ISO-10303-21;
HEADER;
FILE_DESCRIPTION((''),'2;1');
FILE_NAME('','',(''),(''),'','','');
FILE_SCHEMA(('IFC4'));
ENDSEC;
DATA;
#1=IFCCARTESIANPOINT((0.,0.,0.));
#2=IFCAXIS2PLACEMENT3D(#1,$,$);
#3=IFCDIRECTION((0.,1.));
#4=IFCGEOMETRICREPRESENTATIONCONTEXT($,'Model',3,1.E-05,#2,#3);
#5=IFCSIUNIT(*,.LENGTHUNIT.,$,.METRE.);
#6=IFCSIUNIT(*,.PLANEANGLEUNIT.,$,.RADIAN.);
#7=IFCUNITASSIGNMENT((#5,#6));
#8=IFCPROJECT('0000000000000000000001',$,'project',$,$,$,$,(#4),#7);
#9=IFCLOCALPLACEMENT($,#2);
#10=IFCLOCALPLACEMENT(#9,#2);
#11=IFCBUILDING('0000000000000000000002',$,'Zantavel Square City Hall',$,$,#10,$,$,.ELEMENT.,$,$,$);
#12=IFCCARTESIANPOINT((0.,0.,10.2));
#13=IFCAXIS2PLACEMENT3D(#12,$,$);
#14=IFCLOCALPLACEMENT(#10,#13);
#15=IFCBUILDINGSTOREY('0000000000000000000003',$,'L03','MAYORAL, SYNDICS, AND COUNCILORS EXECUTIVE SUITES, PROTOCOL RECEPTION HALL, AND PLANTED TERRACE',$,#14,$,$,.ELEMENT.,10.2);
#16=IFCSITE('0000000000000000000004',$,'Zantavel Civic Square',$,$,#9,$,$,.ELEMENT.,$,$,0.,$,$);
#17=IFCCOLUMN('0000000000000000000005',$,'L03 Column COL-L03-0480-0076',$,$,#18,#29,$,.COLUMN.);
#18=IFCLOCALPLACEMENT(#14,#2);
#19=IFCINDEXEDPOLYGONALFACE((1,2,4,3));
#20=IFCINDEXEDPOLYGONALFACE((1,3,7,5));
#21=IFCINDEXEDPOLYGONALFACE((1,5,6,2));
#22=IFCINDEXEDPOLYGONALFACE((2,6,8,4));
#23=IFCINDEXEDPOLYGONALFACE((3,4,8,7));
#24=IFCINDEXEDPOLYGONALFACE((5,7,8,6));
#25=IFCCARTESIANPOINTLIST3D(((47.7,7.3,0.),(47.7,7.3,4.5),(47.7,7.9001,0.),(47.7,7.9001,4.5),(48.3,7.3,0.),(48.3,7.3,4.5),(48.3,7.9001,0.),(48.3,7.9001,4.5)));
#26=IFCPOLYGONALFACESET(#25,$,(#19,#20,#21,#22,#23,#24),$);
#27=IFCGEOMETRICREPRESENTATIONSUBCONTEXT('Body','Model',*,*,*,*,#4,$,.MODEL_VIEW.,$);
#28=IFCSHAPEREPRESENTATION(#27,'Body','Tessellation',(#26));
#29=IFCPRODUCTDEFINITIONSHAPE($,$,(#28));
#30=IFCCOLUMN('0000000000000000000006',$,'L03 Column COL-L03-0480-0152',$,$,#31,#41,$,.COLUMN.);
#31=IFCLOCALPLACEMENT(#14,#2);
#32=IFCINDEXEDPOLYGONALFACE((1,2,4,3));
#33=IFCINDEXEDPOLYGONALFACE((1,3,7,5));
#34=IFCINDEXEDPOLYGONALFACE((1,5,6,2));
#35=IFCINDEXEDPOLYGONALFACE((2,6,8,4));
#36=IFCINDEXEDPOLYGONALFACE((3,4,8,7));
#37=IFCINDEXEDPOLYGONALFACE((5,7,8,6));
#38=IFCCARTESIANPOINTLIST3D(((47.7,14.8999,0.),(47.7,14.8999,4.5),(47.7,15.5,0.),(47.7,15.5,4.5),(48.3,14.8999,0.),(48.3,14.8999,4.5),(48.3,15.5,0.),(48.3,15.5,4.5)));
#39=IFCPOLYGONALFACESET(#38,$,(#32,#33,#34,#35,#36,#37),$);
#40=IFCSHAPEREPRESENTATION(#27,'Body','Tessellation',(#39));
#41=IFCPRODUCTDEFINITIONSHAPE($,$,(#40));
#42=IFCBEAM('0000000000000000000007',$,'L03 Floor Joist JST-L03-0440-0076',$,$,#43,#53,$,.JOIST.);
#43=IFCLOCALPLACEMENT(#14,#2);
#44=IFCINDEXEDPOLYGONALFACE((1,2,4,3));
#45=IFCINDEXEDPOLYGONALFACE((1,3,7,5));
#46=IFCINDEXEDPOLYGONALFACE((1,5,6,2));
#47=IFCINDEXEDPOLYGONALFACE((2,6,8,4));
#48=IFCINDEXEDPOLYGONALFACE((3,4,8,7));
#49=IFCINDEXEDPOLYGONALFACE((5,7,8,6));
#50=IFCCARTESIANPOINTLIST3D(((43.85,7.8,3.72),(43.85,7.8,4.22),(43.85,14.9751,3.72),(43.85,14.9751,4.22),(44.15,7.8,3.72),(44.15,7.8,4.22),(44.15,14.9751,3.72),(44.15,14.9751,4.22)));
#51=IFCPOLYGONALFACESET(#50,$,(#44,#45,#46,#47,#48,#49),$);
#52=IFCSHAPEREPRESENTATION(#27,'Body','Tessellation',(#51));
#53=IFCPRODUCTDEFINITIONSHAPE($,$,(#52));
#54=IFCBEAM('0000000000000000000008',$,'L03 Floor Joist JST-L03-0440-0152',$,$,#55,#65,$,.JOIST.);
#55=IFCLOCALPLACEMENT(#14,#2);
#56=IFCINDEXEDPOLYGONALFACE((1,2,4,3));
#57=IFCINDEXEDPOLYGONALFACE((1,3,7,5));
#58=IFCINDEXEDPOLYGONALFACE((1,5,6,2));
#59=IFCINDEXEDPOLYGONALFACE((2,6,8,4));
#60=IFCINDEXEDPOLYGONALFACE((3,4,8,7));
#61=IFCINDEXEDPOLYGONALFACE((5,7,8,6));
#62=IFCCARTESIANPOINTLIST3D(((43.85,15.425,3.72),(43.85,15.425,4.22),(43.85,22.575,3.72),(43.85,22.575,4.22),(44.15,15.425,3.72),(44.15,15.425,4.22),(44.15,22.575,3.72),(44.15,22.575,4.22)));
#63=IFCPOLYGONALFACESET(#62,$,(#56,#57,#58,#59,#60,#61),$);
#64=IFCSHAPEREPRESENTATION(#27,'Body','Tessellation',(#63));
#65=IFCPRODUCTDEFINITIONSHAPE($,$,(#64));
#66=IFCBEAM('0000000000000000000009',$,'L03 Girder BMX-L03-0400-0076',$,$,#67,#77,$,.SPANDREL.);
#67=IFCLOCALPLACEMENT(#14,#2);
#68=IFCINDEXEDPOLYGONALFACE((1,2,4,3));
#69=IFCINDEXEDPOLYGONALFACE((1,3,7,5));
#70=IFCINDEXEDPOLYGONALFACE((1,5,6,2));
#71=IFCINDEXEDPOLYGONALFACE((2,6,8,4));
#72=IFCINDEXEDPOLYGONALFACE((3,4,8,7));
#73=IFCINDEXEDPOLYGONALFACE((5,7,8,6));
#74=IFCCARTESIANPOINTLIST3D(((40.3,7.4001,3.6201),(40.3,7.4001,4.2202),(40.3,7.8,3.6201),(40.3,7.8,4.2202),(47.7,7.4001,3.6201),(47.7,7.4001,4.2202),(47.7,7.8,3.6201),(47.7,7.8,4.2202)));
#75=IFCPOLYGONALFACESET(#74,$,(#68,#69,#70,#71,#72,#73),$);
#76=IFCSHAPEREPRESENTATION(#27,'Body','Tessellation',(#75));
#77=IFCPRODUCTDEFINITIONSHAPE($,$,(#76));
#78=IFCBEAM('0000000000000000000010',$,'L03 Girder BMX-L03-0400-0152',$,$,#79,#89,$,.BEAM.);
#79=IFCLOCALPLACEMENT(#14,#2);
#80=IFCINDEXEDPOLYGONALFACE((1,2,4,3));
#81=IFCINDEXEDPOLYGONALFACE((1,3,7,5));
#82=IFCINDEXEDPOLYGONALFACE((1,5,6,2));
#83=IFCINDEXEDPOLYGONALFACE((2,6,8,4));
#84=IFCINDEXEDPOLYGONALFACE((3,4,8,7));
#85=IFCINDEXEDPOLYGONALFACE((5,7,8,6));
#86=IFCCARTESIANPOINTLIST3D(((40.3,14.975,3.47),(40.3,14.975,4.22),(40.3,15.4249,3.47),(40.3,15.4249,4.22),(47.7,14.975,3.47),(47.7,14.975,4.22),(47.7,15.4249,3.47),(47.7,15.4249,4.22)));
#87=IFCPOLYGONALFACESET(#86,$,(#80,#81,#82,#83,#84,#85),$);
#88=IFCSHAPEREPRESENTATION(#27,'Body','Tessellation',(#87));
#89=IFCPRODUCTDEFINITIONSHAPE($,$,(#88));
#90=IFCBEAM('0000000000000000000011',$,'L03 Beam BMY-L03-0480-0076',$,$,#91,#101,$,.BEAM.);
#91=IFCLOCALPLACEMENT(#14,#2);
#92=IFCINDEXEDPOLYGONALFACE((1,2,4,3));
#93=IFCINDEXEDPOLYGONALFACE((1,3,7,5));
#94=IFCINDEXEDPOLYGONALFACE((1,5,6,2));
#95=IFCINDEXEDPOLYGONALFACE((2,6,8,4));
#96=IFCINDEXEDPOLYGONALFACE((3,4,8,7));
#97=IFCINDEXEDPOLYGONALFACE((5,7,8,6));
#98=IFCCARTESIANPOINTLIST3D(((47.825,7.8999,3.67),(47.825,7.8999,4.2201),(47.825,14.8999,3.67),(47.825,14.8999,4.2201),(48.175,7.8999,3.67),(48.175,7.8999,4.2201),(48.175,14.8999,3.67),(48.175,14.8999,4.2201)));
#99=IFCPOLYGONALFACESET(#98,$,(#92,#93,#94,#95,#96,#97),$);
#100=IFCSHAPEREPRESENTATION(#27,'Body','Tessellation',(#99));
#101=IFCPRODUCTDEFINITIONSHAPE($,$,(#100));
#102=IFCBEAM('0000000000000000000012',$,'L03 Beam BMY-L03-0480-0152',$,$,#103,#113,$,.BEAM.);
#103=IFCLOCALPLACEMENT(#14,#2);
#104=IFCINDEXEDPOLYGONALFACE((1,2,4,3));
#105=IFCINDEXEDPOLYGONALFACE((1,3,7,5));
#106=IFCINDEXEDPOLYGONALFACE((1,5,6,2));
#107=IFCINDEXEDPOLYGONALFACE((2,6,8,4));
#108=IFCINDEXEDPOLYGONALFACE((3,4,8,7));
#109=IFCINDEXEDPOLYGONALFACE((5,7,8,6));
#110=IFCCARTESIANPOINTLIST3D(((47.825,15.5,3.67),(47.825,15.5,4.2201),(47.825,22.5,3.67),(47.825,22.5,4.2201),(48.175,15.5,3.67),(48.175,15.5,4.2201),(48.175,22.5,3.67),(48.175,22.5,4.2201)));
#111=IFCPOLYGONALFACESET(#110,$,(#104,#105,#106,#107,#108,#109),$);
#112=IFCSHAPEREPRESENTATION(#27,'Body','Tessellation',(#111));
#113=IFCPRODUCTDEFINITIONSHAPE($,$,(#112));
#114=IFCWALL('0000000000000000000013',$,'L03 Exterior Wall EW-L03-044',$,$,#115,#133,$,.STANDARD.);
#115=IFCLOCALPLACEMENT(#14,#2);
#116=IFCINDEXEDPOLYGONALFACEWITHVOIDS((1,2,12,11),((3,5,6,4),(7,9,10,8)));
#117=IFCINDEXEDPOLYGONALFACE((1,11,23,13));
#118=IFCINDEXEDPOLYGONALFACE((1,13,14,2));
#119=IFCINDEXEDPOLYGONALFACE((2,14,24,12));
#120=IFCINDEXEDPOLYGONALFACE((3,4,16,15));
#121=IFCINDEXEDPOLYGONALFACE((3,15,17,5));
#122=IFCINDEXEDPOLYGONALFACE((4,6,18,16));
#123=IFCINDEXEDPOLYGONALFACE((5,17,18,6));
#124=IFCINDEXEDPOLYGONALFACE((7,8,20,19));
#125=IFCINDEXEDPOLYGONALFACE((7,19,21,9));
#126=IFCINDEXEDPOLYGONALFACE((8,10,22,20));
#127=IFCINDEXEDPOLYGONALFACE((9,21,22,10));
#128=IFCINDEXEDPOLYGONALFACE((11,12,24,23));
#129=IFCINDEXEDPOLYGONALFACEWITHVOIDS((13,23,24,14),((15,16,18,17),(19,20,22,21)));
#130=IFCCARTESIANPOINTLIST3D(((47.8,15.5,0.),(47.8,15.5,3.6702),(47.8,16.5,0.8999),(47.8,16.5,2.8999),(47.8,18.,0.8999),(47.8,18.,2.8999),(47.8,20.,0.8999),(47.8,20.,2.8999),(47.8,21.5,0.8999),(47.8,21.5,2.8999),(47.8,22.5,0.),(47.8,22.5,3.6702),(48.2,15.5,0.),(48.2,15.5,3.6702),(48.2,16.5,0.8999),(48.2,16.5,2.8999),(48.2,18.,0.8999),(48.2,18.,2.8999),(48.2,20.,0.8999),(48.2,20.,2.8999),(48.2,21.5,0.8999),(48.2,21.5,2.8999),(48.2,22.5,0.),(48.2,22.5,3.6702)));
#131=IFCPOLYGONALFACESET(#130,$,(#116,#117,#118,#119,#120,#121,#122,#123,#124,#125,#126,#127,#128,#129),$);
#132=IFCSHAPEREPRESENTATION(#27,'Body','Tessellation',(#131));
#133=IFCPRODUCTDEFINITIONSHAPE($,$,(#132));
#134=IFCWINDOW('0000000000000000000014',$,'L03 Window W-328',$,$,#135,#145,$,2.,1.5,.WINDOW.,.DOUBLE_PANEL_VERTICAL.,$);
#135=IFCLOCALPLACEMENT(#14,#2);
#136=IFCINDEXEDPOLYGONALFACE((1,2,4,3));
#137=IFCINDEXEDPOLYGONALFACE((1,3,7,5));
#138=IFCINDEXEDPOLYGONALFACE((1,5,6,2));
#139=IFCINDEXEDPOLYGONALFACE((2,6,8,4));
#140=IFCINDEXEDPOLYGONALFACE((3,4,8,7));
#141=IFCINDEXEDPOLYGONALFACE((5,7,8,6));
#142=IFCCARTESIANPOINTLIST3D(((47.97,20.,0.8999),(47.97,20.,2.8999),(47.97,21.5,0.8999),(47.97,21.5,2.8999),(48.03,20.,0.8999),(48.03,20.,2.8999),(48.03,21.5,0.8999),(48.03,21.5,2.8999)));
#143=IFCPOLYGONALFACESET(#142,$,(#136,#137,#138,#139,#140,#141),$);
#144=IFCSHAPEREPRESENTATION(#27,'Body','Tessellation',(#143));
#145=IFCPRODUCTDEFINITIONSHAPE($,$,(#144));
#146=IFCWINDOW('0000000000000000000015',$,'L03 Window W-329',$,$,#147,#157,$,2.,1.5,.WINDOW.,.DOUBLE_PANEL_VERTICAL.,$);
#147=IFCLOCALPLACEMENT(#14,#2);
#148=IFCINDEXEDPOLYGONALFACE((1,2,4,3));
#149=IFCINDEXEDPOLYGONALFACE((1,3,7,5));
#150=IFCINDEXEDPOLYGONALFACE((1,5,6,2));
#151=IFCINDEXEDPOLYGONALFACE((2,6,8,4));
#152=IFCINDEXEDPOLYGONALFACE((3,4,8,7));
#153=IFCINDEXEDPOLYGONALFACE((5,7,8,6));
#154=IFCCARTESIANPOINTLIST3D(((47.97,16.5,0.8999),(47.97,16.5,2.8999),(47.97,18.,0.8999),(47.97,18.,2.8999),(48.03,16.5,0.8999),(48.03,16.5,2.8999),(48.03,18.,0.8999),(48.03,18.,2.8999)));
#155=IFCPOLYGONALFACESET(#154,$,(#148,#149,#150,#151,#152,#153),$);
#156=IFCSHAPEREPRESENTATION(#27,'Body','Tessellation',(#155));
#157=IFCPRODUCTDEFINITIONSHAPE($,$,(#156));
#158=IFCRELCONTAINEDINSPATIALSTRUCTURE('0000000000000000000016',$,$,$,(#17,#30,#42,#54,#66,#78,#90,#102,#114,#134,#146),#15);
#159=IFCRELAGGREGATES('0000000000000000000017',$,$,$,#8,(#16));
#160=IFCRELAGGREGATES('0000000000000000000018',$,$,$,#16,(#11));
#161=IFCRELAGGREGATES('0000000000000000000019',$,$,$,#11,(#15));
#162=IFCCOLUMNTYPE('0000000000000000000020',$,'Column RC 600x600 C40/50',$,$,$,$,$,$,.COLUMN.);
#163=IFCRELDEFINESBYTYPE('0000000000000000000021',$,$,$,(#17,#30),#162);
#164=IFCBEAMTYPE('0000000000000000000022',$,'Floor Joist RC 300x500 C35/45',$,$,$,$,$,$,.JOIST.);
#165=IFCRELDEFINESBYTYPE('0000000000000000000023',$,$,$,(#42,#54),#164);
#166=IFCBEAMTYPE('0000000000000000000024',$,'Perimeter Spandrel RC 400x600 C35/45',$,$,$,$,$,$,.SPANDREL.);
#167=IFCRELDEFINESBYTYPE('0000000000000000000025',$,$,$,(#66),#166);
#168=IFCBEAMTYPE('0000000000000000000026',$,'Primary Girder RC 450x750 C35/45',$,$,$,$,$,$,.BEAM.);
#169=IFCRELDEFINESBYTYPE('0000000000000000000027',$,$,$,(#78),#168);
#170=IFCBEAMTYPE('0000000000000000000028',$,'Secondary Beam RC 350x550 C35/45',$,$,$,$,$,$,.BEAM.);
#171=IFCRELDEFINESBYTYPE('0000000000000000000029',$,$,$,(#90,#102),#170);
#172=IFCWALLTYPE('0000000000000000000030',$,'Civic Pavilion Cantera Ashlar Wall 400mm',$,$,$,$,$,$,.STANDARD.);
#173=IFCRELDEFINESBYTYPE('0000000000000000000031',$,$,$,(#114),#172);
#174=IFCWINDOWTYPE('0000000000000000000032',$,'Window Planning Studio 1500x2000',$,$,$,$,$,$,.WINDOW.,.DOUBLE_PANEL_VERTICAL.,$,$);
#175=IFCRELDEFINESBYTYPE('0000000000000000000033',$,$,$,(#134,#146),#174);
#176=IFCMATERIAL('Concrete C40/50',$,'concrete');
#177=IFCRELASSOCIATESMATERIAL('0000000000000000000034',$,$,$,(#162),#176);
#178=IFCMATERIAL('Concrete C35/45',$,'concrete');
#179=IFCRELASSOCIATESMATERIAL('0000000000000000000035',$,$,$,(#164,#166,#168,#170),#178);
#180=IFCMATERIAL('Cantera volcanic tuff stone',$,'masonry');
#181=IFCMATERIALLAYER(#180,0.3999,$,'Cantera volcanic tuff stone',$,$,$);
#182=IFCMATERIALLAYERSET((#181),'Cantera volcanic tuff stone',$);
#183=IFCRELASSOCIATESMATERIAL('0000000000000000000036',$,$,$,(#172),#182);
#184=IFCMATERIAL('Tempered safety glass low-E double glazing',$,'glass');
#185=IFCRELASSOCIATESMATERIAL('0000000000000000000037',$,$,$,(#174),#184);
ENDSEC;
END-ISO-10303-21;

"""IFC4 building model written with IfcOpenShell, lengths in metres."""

from ifc_helpers import new_model, si_unit, direction, frame, frame_2d, origin, origin_2d, place, context, subcontext, project, spatial, rectangle, extrude, material, layer, layer_set, material_profile, profile_set, type_object, element, fill, save


model = new_model("IFC4")

# Units and contexts
model_context = context("Model", 3, precision=1e-05, world=origin(), true_north=direction((0.0, 1.0)))
body_context = subcontext(model_context, "Body", "Model", "MODEL_VIEW")
ifc_project = project(units=[si_unit("LENGTHUNIT", "METRE"), si_unit("PLANEANGLEUNIT", "RADIAN")], contexts=[model_context])

# Site, building, storey
site_placement = place(None, origin())
site = spatial("IfcSite", under=ifc_project, at=site_placement, Name="Zantavel Civic Square", CompositionType="ELEMENT", RefElevation=0.0)
building_placement = place(site_placement, origin())
building = spatial("IfcBuilding", under=site, at=building_placement, Name="Zantavel Square City Hall", CompositionType="ELEMENT")
storey_placement = place(building_placement, frame((0.0, 0.0, 10.2)))
storey = spatial("IfcBuildingStorey", under=building, at=storey_placement, Name="L03", Description="MAYORAL, SYNDICS, AND COUNCILORS EXECUTIVE SUITES, PROTOCOL RECEPTION HALL, AND PLANTED TERRACE", CompositionType="ELEMENT", Elevation=10.2)

# Columns
ifc_material_1 = material(Name="Concrete C40/50", Category="concrete")
ifc_material_profile_1 = material_profile(ifc_material_1, rectangle(XDim=0.6001, YDim=0.6001, at=origin_2d()), Name="RC 600x600")
ifc_profile_set_1 = profile_set([ifc_material_profile_1], Name="Concrete C40/50")
column_type = type_object("IfcColumnType", Name="Column RC 600x600 C40/50", PredefinedType="COLUMN", material=ifc_profile_set_1)
for number, where, z_axis, x_axis, name in (
    (1, (48.0, 7.6001, 0.0), (0.0, 0.0, 1.0), (1.0, 0.0, 0.0), "L03 Column COL-L03-0480-0076"),
    (2, (48.0, 15.2, 0.0), (0.0, 0.0, 1.0), (1.0, 0.0, 0.0), "L03 Column COL-L03-0480-0152"),
):
    element("IfcColumn", number, at=place(storey_placement, frame(where, z_axis=z_axis, x_axis=x_axis)), inside=storey, type_object=column_type, Name=name, PredefinedType="COLUMN", context=body_context, shape_type="SweptSolid", body=[
        extrude(rectangle(XDim=0.6001, YDim=0.6001, at=origin_2d()), origin(), (0.0, 0.0, 1.0), 4.5),
    ])

# Beams
ifc_material_2 = material(Name="Concrete C35/45", Category="concrete")
ifc_material_profile_2 = material_profile(ifc_material_2, rectangle(XDim=0.3, YDim=0.5, at=origin_2d()), Name="RC 300x500")
ifc_profile_set_2 = profile_set([ifc_material_profile_2], Name="Concrete C35/45")
beam_type_1 = type_object("IfcBeamType", Name="Floor Joist RC 300x500 C35/45", PredefinedType="JOIST", material=ifc_profile_set_2)
beam_1_placement = place(storey_placement, frame((44.0, 7.8, 3.97), z_axis=(0.0, 1.0, 0.0), x_axis=(-1.0, 0.0, 0.0)))
element("IfcBeam", 3, at=beam_1_placement, inside=storey, type_object=beam_type_1, Name="L03 Floor Joist JST-L03-0440-0076", PredefinedType="JOIST", context=body_context, shape_type="SweptSolid", body=[
    extrude(rectangle(XDim=0.3, YDim=0.5, at=origin_2d()), origin(), (0.0, 0.0, 1.0), 7.175),
])
beam_2_placement = place(storey_placement, frame((44.0, 15.425, 3.97), z_axis=(0.0, 1.0, 0.0), x_axis=(-1.0, 0.0, 0.0)))
element("IfcBeam", 4, at=beam_2_placement, inside=storey, type_object=beam_type_1, Name="L03 Floor Joist JST-L03-0440-0152", PredefinedType="JOIST", context=body_context, shape_type="SweptSolid", body=[
    extrude(rectangle(XDim=0.3, YDim=0.5, at=origin_2d()), origin(), (0.0, 0.0, 1.0), 7.1499),
])
ifc_material_profile_3 = material_profile(ifc_material_2, rectangle(XDim=0.3999, YDim=0.6001, at=origin_2d()), Name="RC 400x600")
ifc_profile_set_3 = profile_set([ifc_material_profile_3], Name="Concrete C35/45")
beam_type_2 = type_object("IfcBeamType", Name="Perimeter Spandrel RC 400x600 C35/45", PredefinedType="SPANDREL", material=ifc_profile_set_3)
beam_3_placement = place(storey_placement, frame((40.3, 7.6001, 3.9202), z_axis=(1.0, 0.0, 0.0), x_axis=(0.0, 1.0, 0.0)))
element("IfcBeam", 5, at=beam_3_placement, inside=storey, type_object=beam_type_2, Name="L03 Girder BMX-L03-0400-0076", PredefinedType="SPANDREL", context=body_context, shape_type="SweptSolid", body=[
    extrude(rectangle(XDim=0.3999, YDim=0.6001, at=origin_2d()), origin(), (0.0, 0.0, 1.0), 7.3999),
])
ifc_material_profile_4 = material_profile(ifc_material_2, rectangle(XDim=0.45, YDim=0.75, at=origin_2d()), Name="RC 450x750")
ifc_profile_set_4 = profile_set([ifc_material_profile_4], Name="Concrete C35/45")
beam_type_3 = type_object("IfcBeamType", Name="Primary Girder RC 450x750 C35/45", PredefinedType="BEAM", material=ifc_profile_set_4)
beam_4_placement = place(storey_placement, frame((40.3, 15.2, 3.845), z_axis=(1.0, 0.0, 0.0), x_axis=(0.0, 1.0, 0.0)))
element("IfcBeam", 6, at=beam_4_placement, inside=storey, type_object=beam_type_3, Name="L03 Girder BMX-L03-0400-0152", PredefinedType="BEAM", context=body_context, shape_type="SweptSolid", body=[
    extrude(rectangle(XDim=0.45, YDim=0.75, at=origin_2d()), origin(), (0.0, 0.0, 1.0), 7.3999),
])
ifc_material_profile_5 = material_profile(ifc_material_2, rectangle(XDim=0.3501, YDim=0.55, at=origin_2d()), Name="RC 350x550")
ifc_profile_set_5 = profile_set([ifc_material_profile_5], Name="Concrete C35/45")
beam_type_4 = type_object("IfcBeamType", Name="Secondary Beam RC 350x550 C35/45", PredefinedType="BEAM", material=ifc_profile_set_5)
for number, where, z_axis, x_axis, name in (
    (7, (48.0, 7.8999, 3.9451), (0.0, 1.0, 0.0), (-1.0, 0.0, 0.0), "L03 Beam BMY-L03-0480-0076"),
    (8, (48.0, 15.5, 3.9451), (0.0, 1.0, 0.0), (-1.0, 0.0, 0.0), "L03 Beam BMY-L03-0480-0152"),
):
    element("IfcBeam", number, at=place(storey_placement, frame(where, z_axis=z_axis, x_axis=x_axis)), inside=storey, type_object=beam_type_4, Name=name, PredefinedType="BEAM", context=body_context, shape_type="SweptSolid", body=[
        extrude(rectangle(XDim=0.3501, YDim=0.55, at=origin_2d()), origin(), (0.0, 0.0, 1.0), 7.0),
    ])

# Wall, openings, windows
ifc_material_3 = material(Name="Cantera volcanic tuff stone", Category="masonry")
ifc_layer = layer(ifc_material_3, 0.3999, Name="Cantera volcanic tuff stone")
ifc_layer_set = layer_set([ifc_layer], Name="Cantera volcanic tuff stone")
wall_type = type_object("IfcWallType", Name="Civic Pavilion Cantera Ashlar Wall 400mm", PredefinedType="STANDARD", material=ifc_layer_set)
wall_1_placement = place(storey_placement, frame((48.0, 22.5, 0.0), z_axis=(0.0, 0.0, 1.0), x_axis=(0.0, -1.0, 0.0)))
wall_1 = element("IfcWall", 9, at=wall_1_placement, inside=storey, type_object=wall_type, Name="L03 Exterior Wall EW-L03-044", PredefinedType="STANDARD", context=body_context, shape_type="SweptSolid", body=[
    extrude(rectangle(XDim=7.0, YDim=0.3999, at=frame_2d((3.5, 0.0))), origin(), (0.0, 0.0, 1.0), 3.6702),
])
opening_1_placement = place(wall_1_placement, frame((1.0, 0.0, 0.8999)))
opening_1 = element("IfcOpeningElement", 10, at=opening_1_placement, cuts=wall_1, PredefinedType="OPENING", context=body_context, shape_type="SweptSolid", body=[
    extrude(rectangle(XDim=1.5, YDim=2.0, at=frame_2d((0.75, 1.0))), frame((0.0, 0.21, 0.0), z_axis=(0.0, -1.0, 0.0), x_axis=(1.0, 0.0, 0.0)), (0.0, 0.0, 1.0), 0.4199),
])
opening_2_placement = place(wall_1_placement, frame((4.5, 0.0, 0.8999)))
opening_2 = element("IfcOpeningElement", 11, at=opening_2_placement, cuts=wall_1, PredefinedType="OPENING", context=body_context, shape_type="SweptSolid", body=[
    extrude(rectangle(XDim=1.5, YDim=2.0, at=frame_2d((0.75, 1.0))), frame((0.0, 0.21, 0.0), z_axis=(0.0, -1.0, 0.0), x_axis=(1.0, 0.0, 0.0)), (0.0, 0.0, 1.0), 0.4199),
])
ifc_material_4 = material(Name="Tempered safety glass low-E double glazing", Category="glass")
window_type_1 = type_object("IfcWindowType", Name="Window Planning Studio 1500x2000", PartitioningType="DOUBLE_PANEL_VERTICAL", PredefinedType="WINDOW", material=ifc_material_4)
window_1_placement = place(opening_1_placement, origin())
window_1 = element("IfcWindow", 12, at=window_1_placement, inside=storey, type_object=window_type_1, Name="L03 Window W-328", OverallHeight=2.0, OverallWidth=1.5, PartitioningType="DOUBLE_PANEL_VERTICAL", PredefinedType="WINDOW", context=body_context, shape_type="SweptSolid", body=[
    extrude(rectangle(XDim=1.5, YDim=2.0, at=frame_2d((0.75, 1.0))), frame((0.0, 0.03, 0.0), z_axis=(0.0, -1.0, 0.0), x_axis=(1.0, 0.0, 0.0)), (0.0, 0.0, 1.0), 0.0601),
])
fill(opening_1, window_1)
window_2_placement = place(opening_2_placement, origin())
window_2 = element("IfcWindow", 13, at=window_2_placement, inside=storey, type_object=window_type_1, Name="L03 Window W-329", OverallHeight=2.0, OverallWidth=1.5, PartitioningType="DOUBLE_PANEL_VERTICAL", PredefinedType="WINDOW", context=body_context, shape_type="SweptSolid", body=[
    extrude(rectangle(XDim=1.5, YDim=2.0, at=frame_2d((0.75, 1.0))), frame((0.0, 0.03, 0.0), z_axis=(0.0, -1.0, 0.0), x_axis=(1.0, 0.0, 0.0)), (0.0, 0.0, 1.0), 0.0601),
])
fill(opening_2, window_2)

save(model, "model.ifc")
